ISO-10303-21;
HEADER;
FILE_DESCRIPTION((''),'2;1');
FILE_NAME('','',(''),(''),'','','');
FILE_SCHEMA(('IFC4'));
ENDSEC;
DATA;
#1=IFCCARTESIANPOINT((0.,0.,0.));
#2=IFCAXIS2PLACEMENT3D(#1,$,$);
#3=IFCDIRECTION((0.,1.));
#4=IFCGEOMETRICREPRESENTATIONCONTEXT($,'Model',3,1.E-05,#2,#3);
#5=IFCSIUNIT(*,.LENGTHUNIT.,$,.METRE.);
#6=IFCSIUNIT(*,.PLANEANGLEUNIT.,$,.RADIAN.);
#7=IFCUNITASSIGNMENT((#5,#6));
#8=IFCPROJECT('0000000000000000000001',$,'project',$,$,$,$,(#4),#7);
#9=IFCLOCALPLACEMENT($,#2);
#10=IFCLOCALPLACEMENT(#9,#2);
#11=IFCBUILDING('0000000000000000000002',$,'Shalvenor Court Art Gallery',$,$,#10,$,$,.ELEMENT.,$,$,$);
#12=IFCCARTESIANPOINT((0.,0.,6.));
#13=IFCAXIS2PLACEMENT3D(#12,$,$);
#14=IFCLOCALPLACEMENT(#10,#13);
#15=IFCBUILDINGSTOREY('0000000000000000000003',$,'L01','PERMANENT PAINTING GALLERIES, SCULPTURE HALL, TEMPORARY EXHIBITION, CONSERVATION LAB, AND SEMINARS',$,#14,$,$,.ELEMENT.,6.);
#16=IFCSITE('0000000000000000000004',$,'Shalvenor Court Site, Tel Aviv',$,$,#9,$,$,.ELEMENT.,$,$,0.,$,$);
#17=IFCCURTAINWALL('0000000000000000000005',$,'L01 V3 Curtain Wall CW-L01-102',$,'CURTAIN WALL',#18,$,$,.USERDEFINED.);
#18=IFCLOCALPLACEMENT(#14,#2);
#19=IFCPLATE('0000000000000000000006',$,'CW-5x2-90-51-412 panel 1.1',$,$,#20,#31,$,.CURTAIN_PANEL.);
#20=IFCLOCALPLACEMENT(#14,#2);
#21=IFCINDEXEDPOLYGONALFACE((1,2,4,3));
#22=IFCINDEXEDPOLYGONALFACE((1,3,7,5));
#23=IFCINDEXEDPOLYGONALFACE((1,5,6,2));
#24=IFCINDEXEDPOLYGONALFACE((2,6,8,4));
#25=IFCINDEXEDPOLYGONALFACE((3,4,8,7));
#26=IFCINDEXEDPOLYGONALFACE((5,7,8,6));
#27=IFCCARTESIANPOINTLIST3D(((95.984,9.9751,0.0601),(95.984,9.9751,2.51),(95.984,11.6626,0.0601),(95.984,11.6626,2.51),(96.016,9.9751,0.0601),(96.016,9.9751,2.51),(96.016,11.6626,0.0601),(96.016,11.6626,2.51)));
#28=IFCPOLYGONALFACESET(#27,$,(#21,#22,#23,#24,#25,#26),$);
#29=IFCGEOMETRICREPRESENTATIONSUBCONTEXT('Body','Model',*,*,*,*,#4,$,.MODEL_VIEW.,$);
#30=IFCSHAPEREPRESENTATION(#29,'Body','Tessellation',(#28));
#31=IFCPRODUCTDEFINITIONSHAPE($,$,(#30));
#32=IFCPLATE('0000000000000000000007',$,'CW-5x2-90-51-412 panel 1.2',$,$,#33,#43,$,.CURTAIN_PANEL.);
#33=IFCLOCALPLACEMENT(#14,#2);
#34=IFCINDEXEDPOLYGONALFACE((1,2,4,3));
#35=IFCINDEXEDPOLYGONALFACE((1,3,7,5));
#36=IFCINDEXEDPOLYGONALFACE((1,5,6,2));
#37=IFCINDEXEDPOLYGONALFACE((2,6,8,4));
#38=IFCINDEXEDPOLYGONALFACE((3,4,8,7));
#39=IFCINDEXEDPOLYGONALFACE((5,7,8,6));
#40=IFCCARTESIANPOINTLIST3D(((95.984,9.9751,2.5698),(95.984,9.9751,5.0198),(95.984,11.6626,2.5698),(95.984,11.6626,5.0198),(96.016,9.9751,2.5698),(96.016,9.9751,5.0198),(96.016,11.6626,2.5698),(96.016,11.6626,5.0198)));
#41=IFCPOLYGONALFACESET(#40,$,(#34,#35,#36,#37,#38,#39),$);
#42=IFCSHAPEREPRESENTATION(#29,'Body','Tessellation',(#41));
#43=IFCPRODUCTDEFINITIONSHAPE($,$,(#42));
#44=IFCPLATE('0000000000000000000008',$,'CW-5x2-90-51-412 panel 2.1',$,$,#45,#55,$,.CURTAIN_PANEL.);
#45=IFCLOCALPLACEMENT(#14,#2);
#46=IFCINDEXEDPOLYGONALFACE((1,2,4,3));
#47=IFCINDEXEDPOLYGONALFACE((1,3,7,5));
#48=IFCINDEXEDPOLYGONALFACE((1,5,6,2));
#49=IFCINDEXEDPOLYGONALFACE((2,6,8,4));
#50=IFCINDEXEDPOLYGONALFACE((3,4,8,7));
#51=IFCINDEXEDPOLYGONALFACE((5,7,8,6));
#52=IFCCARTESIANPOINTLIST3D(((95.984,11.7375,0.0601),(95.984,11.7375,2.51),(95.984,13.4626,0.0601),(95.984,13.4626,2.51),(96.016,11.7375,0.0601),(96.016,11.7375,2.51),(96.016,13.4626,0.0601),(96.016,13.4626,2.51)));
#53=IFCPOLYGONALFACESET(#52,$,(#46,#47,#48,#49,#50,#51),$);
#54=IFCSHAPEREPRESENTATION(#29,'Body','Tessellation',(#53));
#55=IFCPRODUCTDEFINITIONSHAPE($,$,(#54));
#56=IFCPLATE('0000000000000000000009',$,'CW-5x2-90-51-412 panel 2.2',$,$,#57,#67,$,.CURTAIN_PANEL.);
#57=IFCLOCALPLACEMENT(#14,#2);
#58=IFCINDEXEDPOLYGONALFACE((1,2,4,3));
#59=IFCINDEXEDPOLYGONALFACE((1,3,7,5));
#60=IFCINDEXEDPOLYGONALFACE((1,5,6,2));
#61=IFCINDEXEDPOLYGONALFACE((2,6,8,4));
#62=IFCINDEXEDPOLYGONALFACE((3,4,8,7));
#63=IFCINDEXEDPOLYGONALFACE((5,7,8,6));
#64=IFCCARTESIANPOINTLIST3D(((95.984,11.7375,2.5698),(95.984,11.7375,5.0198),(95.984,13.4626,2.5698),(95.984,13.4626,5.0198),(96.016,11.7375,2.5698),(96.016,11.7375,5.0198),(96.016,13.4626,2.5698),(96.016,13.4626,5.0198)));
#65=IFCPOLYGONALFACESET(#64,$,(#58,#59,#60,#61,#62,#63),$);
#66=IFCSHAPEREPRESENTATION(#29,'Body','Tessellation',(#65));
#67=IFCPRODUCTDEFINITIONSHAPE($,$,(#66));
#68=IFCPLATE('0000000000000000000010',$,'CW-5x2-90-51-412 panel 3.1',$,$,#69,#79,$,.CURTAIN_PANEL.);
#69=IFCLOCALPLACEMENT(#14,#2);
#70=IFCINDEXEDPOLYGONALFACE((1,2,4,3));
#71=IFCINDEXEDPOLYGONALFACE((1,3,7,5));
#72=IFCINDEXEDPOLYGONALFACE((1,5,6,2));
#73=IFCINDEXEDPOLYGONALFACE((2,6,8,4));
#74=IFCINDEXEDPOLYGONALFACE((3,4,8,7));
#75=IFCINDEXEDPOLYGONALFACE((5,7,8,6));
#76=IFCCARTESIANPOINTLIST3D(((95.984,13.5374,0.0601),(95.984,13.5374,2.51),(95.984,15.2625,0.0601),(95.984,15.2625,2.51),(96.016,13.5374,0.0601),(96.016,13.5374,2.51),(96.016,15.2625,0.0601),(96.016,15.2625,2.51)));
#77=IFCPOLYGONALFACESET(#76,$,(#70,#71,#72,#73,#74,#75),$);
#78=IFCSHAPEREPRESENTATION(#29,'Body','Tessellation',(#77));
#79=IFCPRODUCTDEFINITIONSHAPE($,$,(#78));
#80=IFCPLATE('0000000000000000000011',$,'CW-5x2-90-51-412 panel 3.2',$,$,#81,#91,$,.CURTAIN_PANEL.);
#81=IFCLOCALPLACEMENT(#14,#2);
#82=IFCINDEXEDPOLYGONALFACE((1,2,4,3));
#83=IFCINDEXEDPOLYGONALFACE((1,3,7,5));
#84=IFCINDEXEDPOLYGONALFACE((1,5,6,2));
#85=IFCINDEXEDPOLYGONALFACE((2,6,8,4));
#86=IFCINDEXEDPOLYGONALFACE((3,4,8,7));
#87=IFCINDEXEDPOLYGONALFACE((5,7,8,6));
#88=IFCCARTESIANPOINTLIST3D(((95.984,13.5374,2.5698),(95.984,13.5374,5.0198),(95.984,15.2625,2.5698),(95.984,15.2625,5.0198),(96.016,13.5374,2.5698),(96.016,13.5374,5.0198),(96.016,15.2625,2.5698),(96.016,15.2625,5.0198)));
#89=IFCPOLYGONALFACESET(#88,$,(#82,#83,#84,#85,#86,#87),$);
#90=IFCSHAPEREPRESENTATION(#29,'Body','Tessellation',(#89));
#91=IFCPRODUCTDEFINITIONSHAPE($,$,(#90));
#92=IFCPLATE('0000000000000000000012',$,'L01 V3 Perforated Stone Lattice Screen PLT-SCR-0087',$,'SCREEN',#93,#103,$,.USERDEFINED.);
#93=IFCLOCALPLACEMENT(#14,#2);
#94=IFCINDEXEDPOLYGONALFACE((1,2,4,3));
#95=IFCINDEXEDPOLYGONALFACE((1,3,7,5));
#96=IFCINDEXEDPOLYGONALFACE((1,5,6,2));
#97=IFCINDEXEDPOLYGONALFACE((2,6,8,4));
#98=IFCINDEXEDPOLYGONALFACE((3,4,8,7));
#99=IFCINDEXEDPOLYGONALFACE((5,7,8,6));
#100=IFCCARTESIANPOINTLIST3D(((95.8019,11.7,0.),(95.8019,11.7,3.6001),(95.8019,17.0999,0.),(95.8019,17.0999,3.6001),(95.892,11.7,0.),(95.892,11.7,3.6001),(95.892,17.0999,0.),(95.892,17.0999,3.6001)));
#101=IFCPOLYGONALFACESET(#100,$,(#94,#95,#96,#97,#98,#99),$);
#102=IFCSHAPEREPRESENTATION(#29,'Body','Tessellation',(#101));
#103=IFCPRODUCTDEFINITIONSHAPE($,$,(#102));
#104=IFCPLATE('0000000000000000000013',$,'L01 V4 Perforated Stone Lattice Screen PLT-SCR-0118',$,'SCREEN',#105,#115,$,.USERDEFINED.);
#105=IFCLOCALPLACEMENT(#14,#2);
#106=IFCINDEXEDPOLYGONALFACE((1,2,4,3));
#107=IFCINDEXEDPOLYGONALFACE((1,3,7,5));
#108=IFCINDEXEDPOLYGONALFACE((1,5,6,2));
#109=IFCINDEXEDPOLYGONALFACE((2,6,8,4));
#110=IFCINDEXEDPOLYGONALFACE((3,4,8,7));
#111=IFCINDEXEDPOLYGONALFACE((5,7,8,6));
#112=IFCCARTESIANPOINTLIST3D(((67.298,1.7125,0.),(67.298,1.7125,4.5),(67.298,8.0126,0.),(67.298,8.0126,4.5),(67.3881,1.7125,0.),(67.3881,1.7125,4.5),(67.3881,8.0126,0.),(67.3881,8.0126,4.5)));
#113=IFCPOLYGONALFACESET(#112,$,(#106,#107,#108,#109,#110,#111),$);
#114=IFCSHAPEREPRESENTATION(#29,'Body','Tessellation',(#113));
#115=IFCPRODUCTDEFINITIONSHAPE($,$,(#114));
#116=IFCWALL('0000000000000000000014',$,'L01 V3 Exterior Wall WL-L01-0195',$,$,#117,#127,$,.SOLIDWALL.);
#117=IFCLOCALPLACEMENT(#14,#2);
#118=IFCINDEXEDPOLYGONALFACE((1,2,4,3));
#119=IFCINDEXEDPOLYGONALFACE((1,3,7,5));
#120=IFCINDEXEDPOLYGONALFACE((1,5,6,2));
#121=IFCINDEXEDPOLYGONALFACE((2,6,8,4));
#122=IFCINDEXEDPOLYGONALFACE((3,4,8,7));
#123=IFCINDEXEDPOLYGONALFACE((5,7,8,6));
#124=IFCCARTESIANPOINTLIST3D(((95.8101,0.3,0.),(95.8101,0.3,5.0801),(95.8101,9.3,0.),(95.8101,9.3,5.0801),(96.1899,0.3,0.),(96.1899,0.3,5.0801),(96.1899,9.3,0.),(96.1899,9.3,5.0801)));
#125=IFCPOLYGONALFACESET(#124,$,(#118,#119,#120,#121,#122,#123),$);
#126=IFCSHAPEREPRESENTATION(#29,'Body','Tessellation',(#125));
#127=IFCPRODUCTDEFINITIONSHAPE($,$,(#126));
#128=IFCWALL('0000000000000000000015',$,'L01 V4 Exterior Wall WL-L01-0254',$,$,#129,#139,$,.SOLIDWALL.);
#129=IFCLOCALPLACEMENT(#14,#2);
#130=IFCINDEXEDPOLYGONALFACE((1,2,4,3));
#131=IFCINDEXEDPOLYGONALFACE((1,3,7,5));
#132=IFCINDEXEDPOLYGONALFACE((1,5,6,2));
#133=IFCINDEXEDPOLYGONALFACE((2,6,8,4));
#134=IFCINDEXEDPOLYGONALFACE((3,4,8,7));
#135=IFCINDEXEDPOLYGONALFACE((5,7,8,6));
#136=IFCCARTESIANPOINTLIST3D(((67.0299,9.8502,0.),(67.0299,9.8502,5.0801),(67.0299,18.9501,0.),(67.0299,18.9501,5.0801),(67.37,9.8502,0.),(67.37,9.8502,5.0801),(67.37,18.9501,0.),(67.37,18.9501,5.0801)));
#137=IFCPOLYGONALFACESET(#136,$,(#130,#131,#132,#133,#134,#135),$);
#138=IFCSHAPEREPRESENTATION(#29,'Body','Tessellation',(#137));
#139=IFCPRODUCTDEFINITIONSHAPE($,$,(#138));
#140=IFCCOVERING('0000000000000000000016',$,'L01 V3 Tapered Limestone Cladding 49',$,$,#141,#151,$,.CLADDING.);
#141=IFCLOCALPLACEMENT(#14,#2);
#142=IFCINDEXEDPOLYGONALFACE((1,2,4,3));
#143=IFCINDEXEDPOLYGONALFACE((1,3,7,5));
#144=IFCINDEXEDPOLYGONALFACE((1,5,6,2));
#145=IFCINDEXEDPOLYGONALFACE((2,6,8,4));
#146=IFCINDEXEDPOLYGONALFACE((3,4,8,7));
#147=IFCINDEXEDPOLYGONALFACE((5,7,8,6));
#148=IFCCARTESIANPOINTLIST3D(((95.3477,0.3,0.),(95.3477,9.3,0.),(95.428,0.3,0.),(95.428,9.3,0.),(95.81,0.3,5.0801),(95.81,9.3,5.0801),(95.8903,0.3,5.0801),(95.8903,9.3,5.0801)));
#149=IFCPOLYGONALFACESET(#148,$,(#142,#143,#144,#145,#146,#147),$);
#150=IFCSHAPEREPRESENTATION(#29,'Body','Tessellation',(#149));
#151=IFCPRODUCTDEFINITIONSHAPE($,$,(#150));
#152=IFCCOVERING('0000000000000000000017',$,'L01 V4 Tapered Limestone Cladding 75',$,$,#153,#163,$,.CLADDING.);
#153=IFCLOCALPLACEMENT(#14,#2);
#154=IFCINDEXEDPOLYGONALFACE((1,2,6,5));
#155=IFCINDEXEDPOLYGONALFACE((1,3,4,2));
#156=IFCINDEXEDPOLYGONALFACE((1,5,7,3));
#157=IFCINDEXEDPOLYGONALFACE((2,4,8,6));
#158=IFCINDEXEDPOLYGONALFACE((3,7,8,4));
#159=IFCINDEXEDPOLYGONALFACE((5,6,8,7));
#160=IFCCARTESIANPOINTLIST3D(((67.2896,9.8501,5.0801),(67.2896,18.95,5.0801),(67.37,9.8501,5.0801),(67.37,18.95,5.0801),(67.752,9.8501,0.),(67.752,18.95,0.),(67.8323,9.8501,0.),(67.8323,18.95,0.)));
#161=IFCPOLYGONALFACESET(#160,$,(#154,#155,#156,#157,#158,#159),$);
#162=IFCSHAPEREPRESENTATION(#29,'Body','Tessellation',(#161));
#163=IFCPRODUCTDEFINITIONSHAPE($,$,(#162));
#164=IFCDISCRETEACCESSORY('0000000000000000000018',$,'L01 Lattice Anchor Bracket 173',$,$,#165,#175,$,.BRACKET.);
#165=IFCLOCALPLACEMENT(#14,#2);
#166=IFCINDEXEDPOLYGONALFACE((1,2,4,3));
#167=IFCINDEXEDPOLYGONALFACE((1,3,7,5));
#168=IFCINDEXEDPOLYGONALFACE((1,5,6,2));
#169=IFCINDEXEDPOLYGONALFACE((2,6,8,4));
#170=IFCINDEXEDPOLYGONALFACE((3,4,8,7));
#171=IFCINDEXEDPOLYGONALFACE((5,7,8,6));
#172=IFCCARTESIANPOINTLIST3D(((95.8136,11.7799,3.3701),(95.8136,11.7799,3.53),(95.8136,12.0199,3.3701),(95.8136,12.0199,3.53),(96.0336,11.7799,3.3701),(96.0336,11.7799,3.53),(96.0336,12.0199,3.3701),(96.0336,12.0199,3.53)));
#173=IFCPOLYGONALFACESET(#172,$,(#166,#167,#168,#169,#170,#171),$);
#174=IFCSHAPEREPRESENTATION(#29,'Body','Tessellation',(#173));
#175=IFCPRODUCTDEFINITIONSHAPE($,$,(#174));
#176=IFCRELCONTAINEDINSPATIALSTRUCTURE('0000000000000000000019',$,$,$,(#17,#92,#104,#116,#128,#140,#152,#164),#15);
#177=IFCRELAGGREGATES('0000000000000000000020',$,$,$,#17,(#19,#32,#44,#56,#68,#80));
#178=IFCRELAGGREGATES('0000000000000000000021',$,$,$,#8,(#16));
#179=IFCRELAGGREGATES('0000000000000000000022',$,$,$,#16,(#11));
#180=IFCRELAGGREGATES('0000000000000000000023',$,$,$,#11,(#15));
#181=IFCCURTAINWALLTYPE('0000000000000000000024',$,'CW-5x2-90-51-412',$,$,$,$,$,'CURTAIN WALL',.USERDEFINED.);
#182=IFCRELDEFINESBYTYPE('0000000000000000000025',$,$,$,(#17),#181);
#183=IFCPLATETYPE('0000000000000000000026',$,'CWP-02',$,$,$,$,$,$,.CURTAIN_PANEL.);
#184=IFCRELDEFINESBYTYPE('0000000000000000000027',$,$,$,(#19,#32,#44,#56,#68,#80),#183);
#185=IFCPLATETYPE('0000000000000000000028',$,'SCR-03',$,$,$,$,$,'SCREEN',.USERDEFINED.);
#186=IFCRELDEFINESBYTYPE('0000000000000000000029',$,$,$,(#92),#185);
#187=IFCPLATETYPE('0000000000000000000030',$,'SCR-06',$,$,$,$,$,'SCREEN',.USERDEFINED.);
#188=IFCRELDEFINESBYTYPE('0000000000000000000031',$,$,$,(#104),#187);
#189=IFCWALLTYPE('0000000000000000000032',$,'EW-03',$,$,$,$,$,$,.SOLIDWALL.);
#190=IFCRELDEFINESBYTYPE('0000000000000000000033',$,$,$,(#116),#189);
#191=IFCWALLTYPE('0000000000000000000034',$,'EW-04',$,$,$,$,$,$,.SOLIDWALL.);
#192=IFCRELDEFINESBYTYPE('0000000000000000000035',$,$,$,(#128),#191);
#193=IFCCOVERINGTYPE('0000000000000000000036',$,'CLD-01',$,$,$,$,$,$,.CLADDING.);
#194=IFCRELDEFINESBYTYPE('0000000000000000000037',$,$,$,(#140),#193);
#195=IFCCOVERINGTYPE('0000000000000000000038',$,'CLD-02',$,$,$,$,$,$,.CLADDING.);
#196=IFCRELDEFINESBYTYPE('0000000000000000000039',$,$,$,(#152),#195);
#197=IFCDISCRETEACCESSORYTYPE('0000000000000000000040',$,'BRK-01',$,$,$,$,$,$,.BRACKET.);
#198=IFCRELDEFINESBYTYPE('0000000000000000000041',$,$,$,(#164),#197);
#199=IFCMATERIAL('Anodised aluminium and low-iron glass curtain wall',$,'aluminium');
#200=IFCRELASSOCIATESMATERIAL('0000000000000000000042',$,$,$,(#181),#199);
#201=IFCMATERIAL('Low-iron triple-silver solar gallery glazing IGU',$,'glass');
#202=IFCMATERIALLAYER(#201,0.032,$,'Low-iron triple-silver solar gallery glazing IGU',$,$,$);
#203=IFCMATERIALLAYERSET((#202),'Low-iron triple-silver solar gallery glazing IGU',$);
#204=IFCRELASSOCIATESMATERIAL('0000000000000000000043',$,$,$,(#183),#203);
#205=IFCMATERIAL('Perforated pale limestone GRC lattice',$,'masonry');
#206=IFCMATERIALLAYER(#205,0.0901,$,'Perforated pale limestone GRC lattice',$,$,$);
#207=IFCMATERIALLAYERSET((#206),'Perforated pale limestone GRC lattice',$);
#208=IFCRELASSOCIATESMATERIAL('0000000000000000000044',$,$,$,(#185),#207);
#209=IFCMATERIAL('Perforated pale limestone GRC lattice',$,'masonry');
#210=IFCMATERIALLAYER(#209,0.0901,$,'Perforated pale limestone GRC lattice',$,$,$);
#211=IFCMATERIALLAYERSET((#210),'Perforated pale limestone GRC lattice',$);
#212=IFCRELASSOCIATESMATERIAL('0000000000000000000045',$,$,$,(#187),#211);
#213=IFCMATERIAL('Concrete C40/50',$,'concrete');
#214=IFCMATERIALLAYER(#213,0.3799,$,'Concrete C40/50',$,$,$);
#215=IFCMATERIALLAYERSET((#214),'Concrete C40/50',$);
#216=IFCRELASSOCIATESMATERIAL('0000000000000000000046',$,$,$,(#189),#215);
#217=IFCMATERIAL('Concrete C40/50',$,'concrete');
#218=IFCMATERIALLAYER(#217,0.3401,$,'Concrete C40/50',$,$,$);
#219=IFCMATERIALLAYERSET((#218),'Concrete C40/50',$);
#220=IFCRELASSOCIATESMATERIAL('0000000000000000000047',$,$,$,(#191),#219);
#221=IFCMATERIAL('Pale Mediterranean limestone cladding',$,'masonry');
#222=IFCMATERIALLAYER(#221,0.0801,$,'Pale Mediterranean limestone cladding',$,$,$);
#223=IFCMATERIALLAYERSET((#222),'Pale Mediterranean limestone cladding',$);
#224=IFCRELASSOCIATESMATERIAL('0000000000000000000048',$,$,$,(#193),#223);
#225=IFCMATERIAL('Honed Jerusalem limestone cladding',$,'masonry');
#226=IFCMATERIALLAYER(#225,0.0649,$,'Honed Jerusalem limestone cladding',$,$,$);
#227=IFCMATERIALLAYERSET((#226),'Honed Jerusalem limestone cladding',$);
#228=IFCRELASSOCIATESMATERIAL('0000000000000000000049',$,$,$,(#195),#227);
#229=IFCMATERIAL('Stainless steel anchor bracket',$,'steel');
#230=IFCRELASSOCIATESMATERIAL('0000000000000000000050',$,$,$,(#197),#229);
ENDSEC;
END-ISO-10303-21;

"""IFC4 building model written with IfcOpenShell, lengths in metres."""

from ifc_helpers import new_model, si_unit, direction, frame, frame_2d, origin, origin_2d, place, context, subcontext, project, spatial, polyline, rectangle, outline, extrude, material, layer, layer_set, type_object, element, aggregate, save


model = new_model("IFC4")

# Units and contexts
model_context = context("Model", 3, precision=1e-05, world=origin(), true_north=direction((0.0, 1.0)))
body_context = subcontext(model_context, "Body", "Model", "MODEL_VIEW")
ifc_project = project(units=[si_unit("LENGTHUNIT", "METRE"), si_unit("PLANEANGLEUNIT", "RADIAN")], contexts=[model_context])

# Site, building, storey
site_placement = place(None, origin())
site = spatial("IfcSite", under=ifc_project, at=site_placement, Name="Shalvenor Court Site, Tel Aviv", CompositionType="ELEMENT", RefElevation=0.0)
building_placement = place(site_placement, origin())
building = spatial("IfcBuilding", under=site, at=building_placement, Name="Shalvenor Court Art Gallery", CompositionType="ELEMENT")
storey_placement = place(building_placement, frame((0.0, 0.0, 6.0)))
storey = spatial("IfcBuildingStorey", under=building, at=storey_placement, Name="L01", Description="PERMANENT PAINTING GALLERIES, SCULPTURE HALL, TEMPORARY EXHIBITION, CONSERVATION LAB, AND SEMINARS", CompositionType="ELEMENT", Elevation=6.0)

# Curtain wall, plates
ifc_material_1 = material(Name="Anodised aluminium and low-iron glass curtain wall", Category="aluminium")
curtain_wall_type_1 = type_object("IfcCurtainWallType", Name="CW-5x2-90-51-412", ElementType="CURTAIN WALL", PredefinedType="USERDEFINED", material=ifc_material_1)
curtain_wall_1_placement = place(storey_placement, origin())
curtain_wall_1 = element("IfcCurtainWall", 1, at=curtain_wall_1_placement, inside=storey, type_object=curtain_wall_type_1, Name="L01 V3 Curtain Wall CW-L01-102", ObjectType="CURTAIN WALL", PredefinedType="USERDEFINED")
ifc_material_2 = material(Name="Low-iron triple-silver solar gallery glazing IGU", Category="glass")
ifc_layer_1 = layer(ifc_material_2, 0.032, Name="Low-iron triple-silver solar gallery glazing IGU")
ifc_layer_set_1 = layer_set([ifc_layer_1], Name="Low-iron triple-silver solar gallery glazing IGU")
plate_type_1 = type_object("IfcPlateType", Name="CWP-02", PredefinedType="CURTAIN_PANEL", material=ifc_layer_set_1)
plate_1_placement = place(storey_placement, frame((96.0, 10.8188, 0.0601), z_axis=(0.0, 0.0, 1.0), x_axis=(0.0, 1.0, 0.0)))
plate_1 = element("IfcPlate", 2, at=plate_1_placement, type_object=plate_type_1, Name="CW-5x2-90-51-412 panel 1.1", PredefinedType="CURTAIN_PANEL", context=body_context, shape_type="SweptSolid", body=[
    extrude(rectangle(XDim=1.6875, YDim=0.032, at=origin_2d()), origin(), (0.0, 0.0, 1.0), 2.45),
])
plate_2_placement = place(storey_placement, frame((96.0, 10.8188, 2.5698), z_axis=(0.0, 0.0, 1.0), x_axis=(0.0, 1.0, 0.0)))
plate_2 = element("IfcPlate", 3, at=plate_2_placement, type_object=plate_type_1, Name="CW-5x2-90-51-412 panel 1.2", PredefinedType="CURTAIN_PANEL", context=body_context, shape_type="SweptSolid", body=[
    extrude(rectangle(XDim=1.6875, YDim=0.032, at=origin_2d()), origin(), (0.0, 0.0, 1.0), 2.45),
])
plate_3_placement = place(storey_placement, frame((96.0, 12.6001, 0.0601), z_axis=(0.0, 0.0, 1.0), x_axis=(0.0, 1.0, 0.0)))
plate_3 = element("IfcPlate", 4, at=plate_3_placement, type_object=plate_type_1, Name="CW-5x2-90-51-412 panel 2.1", PredefinedType="CURTAIN_PANEL", context=body_context, shape_type="SweptSolid", body=[
    extrude(rectangle(XDim=1.7251, YDim=0.032, at=origin_2d()), origin(), (0.0, 0.0, 1.0), 2.45),
])
plate_4_placement = place(storey_placement, frame((96.0, 12.6001, 2.5698), z_axis=(0.0, 0.0, 1.0), x_axis=(0.0, 1.0, 0.0)))
plate_4 = element("IfcPlate", 5, at=plate_4_placement, type_object=plate_type_1, Name="CW-5x2-90-51-412 panel 2.2", PredefinedType="CURTAIN_PANEL", context=body_context, shape_type="SweptSolid", body=[
    extrude(rectangle(XDim=1.7251, YDim=0.032, at=origin_2d()), origin(), (0.0, 0.0, 1.0), 2.45),
])
plate_5_placement = place(storey_placement, frame((96.0, 14.3999, 0.0601), z_axis=(0.0, 0.0, 1.0), x_axis=(0.0, 1.0, 0.0)))
plate_5 = element("IfcPlate", 6, at=plate_5_placement, type_object=plate_type_1, Name="CW-5x2-90-51-412 panel 3.1", PredefinedType="CURTAIN_PANEL", context=body_context, shape_type="SweptSolid", body=[
    extrude(rectangle(XDim=1.7251, YDim=0.032, at=origin_2d()), origin(), (0.0, 0.0, 1.0), 2.45),
])
plate_6_placement = place(storey_placement, frame((96.0, 14.3999, 2.5698), z_axis=(0.0, 0.0, 1.0), x_axis=(0.0, 1.0, 0.0)))
plate_6 = element("IfcPlate", 7, at=plate_6_placement, type_object=plate_type_1, Name="CW-5x2-90-51-412 panel 3.2", PredefinedType="CURTAIN_PANEL", context=body_context, shape_type="SweptSolid", body=[
    extrude(rectangle(XDim=1.7251, YDim=0.032, at=origin_2d()), origin(), (0.0, 0.0, 1.0), 2.45),
])
aggregate(curtain_wall_1, [plate_1, plate_2, plate_3, plate_4, plate_5, plate_6])

# Plates
ifc_material_3 = material(Name="Perforated pale limestone GRC lattice", Category="masonry")
ifc_layer_2 = layer(ifc_material_3, 0.0901, Name="Perforated pale limestone GRC lattice")
ifc_layer_set_2 = layer_set([ifc_layer_2], Name="Perforated pale limestone GRC lattice")
plate_type_2 = type_object("IfcPlateType", Name="SCR-03", ElementType="SCREEN", PredefinedType="USERDEFINED", material=ifc_layer_set_2)
plate_7_placement = place(storey_placement, frame((95.8469, 14.3999, 0.0), z_axis=(0.0, 0.0, 1.0), x_axis=(0.0, 1.0, 0.0)))
element("IfcPlate", 8, at=plate_7_placement, inside=storey, type_object=plate_type_2, Name="L01 V3 Perforated Stone Lattice Screen PLT-SCR-0087", ObjectType="SCREEN", PredefinedType="USERDEFINED", context=body_context, shape_type="SweptSolid", body=[
    extrude(rectangle(XDim=5.3999, YDim=0.0901, at=origin_2d()), origin(), (0.0, 0.0, 1.0), 3.6001),
])
ifc_material_4 = material(Name="Perforated pale limestone GRC lattice", Category="masonry")
ifc_layer_3 = layer(ifc_material_4, 0.0901, Name="Perforated pale limestone GRC lattice")
ifc_layer_set_3 = layer_set([ifc_layer_3], Name="Perforated pale limestone GRC lattice")
plate_type_3 = type_object("IfcPlateType", Name="SCR-06", ElementType="SCREEN", PredefinedType="USERDEFINED", material=ifc_layer_set_3)
plate_8_placement = place(storey_placement, frame((67.343, 4.8625, 0.0), z_axis=(0.0, 0.0, 1.0), x_axis=(0.0, -1.0, 0.0)))
element("IfcPlate", 9, at=plate_8_placement, inside=storey, type_object=plate_type_3, Name="L01 V4 Perforated Stone Lattice Screen PLT-SCR-0118", ObjectType="SCREEN", PredefinedType="USERDEFINED", context=body_context, shape_type="SweptSolid", body=[
    extrude(rectangle(XDim=6.3, YDim=0.0901, at=origin_2d()), origin(), (0.0, 0.0, 1.0), 4.5),
])

# Walls
ifc_material_5 = material(Name="Concrete C40/50", Category="concrete")
ifc_layer_4 = layer(ifc_material_5, 0.3799, Name="Concrete C40/50")
ifc_layer_set_4 = layer_set([ifc_layer_4], Name="Concrete C40/50")
wall_type_1 = type_object("IfcWallType", Name="EW-03", PredefinedType="SOLIDWALL", material=ifc_layer_set_4)
wall_1_placement = place(storey_placement, frame((96.0, 0.3, 0.0), z_axis=(0.0, 0.0, 1.0), x_axis=(0.0, 1.0, 0.0)))
element("IfcWall", 10, at=wall_1_placement, inside=storey, type_object=wall_type_1, Name="L01 V3 Exterior Wall WL-L01-0195", PredefinedType="SOLIDWALL", context=body_context, shape_type="SweptSolid", body=[
    extrude(rectangle(XDim=9.0, YDim=0.3799, at=frame_2d((4.5, 0.0))), origin(), (0.0, 0.0, 1.0), 5.0801),
])
ifc_material_6 = material(Name="Concrete C40/50", Category="concrete")
ifc_layer_5 = layer(ifc_material_6, 0.3401, Name="Concrete C40/50")
ifc_layer_set_5 = layer_set([ifc_layer_5], Name="Concrete C40/50")
wall_type_2 = type_object("IfcWallType", Name="EW-04", PredefinedType="SOLIDWALL", material=ifc_layer_set_5)
wall_2_placement = place(storey_placement, frame((67.2, 18.95, 0.0), z_axis=(0.0, 0.0, 1.0), x_axis=(0.0, -1.0, 0.0)))
element("IfcWall", 11, at=wall_2_placement, inside=storey, type_object=wall_type_2, Name="L01 V4 Exterior Wall WL-L01-0254", PredefinedType="SOLIDWALL", context=body_context, shape_type="SweptSolid", body=[
    extrude(rectangle(XDim=9.0999, YDim=0.3401, at=frame_2d((4.5498, 0.0))), origin(), (0.0, 0.0, 1.0), 5.0801),
])

# Coverings
ifc_material_7 = material(Name="Pale Mediterranean limestone cladding", Category="masonry")
ifc_layer_6 = layer(ifc_material_7, 0.0801, Name="Pale Mediterranean limestone cladding")
ifc_layer_set_6 = layer_set([ifc_layer_6], Name="Pale Mediterranean limestone cladding")
covering_type_1 = type_object("IfcCoveringType", Name="CLD-01", PredefinedType="CLADDING", material=ifc_layer_set_6)
covering_1_placement = place(storey_placement, frame((95.3477, 9.3, 0.0), z_axis=(0.0, 0.0, 1.0), x_axis=(0.0, -1.0, 0.0)))
element("IfcCovering", 12, at=covering_1_placement, inside=storey, type_object=covering_type_1, Name="L01 V3 Tapered Limestone Cladding 49", PredefinedType="CLADDING", context=body_context, shape_type="SweptSolid", body=[
    extrude(outline(polyline([(0.0, 0.0), (9.0, 0.0), (9.0, 5.1011), (0.0, 5.1011), (0.0, 0.0)])), frame((0.0, 0.0, 0.0), z_axis=(0.0, -0.995884, 0.090633), x_axis=(1.0, 0.0, 0.0)), (0.0, 0.090633, -0.995884), 0.0803),
])
ifc_material_8 = material(Name="Honed Jerusalem limestone cladding", Category="masonry")
ifc_layer_7 = layer(ifc_material_8, 0.0649, Name="Honed Jerusalem limestone cladding")
ifc_layer_set_7 = layer_set([ifc_layer_7], Name="Honed Jerusalem limestone cladding")
covering_type_2 = type_object("IfcCoveringType", Name="CLD-02", PredefinedType="CLADDING", material=ifc_layer_set_7)
covering_2_placement = place(storey_placement, frame((67.8323, 9.8501, 0.0), z_axis=(0.0, 0.0, 1.0), x_axis=(0.0, 1.0, 0.0)))
element("IfcCovering", 13, at=covering_2_placement, inside=storey, type_object=covering_type_2, Name="L01 V4 Tapered Limestone Cladding 75", PredefinedType="CLADDING", context=body_context, shape_type="SweptSolid", body=[
    extrude(outline(polyline([(0.0, 0.0), (9.0999, 0.0), (9.0999, 5.1011), (0.0, 5.1011), (0.0, 0.0)])), frame((0.0, 0.0, 0.0), z_axis=(0.0, -0.995884, 0.090633), x_axis=(1.0, 0.0, 0.0)), (0.0, 0.090633, -0.995884), 0.0803),
])

# Discrete accessory
ifc_material_9 = material(Name="Stainless steel anchor bracket", Category="steel")
discrete_accessory_type = type_object("IfcDiscreteAccessoryType", Name="BRK-01", PredefinedType="BRACKET", material=ifc_material_9)
for number, where, z_axis, x_axis, name in (
    (14, (95.9236, 11.8999, 3.3701), (0.0, 0.0, 1.0), (0.0, 1.0, 0.0), "L01 Lattice Anchor Bracket 173"),
):
    element("IfcDiscreteAccessory", number, at=place(storey_placement, frame(where, z_axis=z_axis, x_axis=x_axis)), inside=storey, type_object=discrete_accessory_type, Name=name, PredefinedType="BRACKET", context=body_context, shape_type="SweptSolid", body=[
        extrude(rectangle(XDim=0.24, YDim=0.22, at=origin_2d()), origin(), (0.0, 0.0, 1.0), 0.1599),
    ])

save(model, "model.ifc")
